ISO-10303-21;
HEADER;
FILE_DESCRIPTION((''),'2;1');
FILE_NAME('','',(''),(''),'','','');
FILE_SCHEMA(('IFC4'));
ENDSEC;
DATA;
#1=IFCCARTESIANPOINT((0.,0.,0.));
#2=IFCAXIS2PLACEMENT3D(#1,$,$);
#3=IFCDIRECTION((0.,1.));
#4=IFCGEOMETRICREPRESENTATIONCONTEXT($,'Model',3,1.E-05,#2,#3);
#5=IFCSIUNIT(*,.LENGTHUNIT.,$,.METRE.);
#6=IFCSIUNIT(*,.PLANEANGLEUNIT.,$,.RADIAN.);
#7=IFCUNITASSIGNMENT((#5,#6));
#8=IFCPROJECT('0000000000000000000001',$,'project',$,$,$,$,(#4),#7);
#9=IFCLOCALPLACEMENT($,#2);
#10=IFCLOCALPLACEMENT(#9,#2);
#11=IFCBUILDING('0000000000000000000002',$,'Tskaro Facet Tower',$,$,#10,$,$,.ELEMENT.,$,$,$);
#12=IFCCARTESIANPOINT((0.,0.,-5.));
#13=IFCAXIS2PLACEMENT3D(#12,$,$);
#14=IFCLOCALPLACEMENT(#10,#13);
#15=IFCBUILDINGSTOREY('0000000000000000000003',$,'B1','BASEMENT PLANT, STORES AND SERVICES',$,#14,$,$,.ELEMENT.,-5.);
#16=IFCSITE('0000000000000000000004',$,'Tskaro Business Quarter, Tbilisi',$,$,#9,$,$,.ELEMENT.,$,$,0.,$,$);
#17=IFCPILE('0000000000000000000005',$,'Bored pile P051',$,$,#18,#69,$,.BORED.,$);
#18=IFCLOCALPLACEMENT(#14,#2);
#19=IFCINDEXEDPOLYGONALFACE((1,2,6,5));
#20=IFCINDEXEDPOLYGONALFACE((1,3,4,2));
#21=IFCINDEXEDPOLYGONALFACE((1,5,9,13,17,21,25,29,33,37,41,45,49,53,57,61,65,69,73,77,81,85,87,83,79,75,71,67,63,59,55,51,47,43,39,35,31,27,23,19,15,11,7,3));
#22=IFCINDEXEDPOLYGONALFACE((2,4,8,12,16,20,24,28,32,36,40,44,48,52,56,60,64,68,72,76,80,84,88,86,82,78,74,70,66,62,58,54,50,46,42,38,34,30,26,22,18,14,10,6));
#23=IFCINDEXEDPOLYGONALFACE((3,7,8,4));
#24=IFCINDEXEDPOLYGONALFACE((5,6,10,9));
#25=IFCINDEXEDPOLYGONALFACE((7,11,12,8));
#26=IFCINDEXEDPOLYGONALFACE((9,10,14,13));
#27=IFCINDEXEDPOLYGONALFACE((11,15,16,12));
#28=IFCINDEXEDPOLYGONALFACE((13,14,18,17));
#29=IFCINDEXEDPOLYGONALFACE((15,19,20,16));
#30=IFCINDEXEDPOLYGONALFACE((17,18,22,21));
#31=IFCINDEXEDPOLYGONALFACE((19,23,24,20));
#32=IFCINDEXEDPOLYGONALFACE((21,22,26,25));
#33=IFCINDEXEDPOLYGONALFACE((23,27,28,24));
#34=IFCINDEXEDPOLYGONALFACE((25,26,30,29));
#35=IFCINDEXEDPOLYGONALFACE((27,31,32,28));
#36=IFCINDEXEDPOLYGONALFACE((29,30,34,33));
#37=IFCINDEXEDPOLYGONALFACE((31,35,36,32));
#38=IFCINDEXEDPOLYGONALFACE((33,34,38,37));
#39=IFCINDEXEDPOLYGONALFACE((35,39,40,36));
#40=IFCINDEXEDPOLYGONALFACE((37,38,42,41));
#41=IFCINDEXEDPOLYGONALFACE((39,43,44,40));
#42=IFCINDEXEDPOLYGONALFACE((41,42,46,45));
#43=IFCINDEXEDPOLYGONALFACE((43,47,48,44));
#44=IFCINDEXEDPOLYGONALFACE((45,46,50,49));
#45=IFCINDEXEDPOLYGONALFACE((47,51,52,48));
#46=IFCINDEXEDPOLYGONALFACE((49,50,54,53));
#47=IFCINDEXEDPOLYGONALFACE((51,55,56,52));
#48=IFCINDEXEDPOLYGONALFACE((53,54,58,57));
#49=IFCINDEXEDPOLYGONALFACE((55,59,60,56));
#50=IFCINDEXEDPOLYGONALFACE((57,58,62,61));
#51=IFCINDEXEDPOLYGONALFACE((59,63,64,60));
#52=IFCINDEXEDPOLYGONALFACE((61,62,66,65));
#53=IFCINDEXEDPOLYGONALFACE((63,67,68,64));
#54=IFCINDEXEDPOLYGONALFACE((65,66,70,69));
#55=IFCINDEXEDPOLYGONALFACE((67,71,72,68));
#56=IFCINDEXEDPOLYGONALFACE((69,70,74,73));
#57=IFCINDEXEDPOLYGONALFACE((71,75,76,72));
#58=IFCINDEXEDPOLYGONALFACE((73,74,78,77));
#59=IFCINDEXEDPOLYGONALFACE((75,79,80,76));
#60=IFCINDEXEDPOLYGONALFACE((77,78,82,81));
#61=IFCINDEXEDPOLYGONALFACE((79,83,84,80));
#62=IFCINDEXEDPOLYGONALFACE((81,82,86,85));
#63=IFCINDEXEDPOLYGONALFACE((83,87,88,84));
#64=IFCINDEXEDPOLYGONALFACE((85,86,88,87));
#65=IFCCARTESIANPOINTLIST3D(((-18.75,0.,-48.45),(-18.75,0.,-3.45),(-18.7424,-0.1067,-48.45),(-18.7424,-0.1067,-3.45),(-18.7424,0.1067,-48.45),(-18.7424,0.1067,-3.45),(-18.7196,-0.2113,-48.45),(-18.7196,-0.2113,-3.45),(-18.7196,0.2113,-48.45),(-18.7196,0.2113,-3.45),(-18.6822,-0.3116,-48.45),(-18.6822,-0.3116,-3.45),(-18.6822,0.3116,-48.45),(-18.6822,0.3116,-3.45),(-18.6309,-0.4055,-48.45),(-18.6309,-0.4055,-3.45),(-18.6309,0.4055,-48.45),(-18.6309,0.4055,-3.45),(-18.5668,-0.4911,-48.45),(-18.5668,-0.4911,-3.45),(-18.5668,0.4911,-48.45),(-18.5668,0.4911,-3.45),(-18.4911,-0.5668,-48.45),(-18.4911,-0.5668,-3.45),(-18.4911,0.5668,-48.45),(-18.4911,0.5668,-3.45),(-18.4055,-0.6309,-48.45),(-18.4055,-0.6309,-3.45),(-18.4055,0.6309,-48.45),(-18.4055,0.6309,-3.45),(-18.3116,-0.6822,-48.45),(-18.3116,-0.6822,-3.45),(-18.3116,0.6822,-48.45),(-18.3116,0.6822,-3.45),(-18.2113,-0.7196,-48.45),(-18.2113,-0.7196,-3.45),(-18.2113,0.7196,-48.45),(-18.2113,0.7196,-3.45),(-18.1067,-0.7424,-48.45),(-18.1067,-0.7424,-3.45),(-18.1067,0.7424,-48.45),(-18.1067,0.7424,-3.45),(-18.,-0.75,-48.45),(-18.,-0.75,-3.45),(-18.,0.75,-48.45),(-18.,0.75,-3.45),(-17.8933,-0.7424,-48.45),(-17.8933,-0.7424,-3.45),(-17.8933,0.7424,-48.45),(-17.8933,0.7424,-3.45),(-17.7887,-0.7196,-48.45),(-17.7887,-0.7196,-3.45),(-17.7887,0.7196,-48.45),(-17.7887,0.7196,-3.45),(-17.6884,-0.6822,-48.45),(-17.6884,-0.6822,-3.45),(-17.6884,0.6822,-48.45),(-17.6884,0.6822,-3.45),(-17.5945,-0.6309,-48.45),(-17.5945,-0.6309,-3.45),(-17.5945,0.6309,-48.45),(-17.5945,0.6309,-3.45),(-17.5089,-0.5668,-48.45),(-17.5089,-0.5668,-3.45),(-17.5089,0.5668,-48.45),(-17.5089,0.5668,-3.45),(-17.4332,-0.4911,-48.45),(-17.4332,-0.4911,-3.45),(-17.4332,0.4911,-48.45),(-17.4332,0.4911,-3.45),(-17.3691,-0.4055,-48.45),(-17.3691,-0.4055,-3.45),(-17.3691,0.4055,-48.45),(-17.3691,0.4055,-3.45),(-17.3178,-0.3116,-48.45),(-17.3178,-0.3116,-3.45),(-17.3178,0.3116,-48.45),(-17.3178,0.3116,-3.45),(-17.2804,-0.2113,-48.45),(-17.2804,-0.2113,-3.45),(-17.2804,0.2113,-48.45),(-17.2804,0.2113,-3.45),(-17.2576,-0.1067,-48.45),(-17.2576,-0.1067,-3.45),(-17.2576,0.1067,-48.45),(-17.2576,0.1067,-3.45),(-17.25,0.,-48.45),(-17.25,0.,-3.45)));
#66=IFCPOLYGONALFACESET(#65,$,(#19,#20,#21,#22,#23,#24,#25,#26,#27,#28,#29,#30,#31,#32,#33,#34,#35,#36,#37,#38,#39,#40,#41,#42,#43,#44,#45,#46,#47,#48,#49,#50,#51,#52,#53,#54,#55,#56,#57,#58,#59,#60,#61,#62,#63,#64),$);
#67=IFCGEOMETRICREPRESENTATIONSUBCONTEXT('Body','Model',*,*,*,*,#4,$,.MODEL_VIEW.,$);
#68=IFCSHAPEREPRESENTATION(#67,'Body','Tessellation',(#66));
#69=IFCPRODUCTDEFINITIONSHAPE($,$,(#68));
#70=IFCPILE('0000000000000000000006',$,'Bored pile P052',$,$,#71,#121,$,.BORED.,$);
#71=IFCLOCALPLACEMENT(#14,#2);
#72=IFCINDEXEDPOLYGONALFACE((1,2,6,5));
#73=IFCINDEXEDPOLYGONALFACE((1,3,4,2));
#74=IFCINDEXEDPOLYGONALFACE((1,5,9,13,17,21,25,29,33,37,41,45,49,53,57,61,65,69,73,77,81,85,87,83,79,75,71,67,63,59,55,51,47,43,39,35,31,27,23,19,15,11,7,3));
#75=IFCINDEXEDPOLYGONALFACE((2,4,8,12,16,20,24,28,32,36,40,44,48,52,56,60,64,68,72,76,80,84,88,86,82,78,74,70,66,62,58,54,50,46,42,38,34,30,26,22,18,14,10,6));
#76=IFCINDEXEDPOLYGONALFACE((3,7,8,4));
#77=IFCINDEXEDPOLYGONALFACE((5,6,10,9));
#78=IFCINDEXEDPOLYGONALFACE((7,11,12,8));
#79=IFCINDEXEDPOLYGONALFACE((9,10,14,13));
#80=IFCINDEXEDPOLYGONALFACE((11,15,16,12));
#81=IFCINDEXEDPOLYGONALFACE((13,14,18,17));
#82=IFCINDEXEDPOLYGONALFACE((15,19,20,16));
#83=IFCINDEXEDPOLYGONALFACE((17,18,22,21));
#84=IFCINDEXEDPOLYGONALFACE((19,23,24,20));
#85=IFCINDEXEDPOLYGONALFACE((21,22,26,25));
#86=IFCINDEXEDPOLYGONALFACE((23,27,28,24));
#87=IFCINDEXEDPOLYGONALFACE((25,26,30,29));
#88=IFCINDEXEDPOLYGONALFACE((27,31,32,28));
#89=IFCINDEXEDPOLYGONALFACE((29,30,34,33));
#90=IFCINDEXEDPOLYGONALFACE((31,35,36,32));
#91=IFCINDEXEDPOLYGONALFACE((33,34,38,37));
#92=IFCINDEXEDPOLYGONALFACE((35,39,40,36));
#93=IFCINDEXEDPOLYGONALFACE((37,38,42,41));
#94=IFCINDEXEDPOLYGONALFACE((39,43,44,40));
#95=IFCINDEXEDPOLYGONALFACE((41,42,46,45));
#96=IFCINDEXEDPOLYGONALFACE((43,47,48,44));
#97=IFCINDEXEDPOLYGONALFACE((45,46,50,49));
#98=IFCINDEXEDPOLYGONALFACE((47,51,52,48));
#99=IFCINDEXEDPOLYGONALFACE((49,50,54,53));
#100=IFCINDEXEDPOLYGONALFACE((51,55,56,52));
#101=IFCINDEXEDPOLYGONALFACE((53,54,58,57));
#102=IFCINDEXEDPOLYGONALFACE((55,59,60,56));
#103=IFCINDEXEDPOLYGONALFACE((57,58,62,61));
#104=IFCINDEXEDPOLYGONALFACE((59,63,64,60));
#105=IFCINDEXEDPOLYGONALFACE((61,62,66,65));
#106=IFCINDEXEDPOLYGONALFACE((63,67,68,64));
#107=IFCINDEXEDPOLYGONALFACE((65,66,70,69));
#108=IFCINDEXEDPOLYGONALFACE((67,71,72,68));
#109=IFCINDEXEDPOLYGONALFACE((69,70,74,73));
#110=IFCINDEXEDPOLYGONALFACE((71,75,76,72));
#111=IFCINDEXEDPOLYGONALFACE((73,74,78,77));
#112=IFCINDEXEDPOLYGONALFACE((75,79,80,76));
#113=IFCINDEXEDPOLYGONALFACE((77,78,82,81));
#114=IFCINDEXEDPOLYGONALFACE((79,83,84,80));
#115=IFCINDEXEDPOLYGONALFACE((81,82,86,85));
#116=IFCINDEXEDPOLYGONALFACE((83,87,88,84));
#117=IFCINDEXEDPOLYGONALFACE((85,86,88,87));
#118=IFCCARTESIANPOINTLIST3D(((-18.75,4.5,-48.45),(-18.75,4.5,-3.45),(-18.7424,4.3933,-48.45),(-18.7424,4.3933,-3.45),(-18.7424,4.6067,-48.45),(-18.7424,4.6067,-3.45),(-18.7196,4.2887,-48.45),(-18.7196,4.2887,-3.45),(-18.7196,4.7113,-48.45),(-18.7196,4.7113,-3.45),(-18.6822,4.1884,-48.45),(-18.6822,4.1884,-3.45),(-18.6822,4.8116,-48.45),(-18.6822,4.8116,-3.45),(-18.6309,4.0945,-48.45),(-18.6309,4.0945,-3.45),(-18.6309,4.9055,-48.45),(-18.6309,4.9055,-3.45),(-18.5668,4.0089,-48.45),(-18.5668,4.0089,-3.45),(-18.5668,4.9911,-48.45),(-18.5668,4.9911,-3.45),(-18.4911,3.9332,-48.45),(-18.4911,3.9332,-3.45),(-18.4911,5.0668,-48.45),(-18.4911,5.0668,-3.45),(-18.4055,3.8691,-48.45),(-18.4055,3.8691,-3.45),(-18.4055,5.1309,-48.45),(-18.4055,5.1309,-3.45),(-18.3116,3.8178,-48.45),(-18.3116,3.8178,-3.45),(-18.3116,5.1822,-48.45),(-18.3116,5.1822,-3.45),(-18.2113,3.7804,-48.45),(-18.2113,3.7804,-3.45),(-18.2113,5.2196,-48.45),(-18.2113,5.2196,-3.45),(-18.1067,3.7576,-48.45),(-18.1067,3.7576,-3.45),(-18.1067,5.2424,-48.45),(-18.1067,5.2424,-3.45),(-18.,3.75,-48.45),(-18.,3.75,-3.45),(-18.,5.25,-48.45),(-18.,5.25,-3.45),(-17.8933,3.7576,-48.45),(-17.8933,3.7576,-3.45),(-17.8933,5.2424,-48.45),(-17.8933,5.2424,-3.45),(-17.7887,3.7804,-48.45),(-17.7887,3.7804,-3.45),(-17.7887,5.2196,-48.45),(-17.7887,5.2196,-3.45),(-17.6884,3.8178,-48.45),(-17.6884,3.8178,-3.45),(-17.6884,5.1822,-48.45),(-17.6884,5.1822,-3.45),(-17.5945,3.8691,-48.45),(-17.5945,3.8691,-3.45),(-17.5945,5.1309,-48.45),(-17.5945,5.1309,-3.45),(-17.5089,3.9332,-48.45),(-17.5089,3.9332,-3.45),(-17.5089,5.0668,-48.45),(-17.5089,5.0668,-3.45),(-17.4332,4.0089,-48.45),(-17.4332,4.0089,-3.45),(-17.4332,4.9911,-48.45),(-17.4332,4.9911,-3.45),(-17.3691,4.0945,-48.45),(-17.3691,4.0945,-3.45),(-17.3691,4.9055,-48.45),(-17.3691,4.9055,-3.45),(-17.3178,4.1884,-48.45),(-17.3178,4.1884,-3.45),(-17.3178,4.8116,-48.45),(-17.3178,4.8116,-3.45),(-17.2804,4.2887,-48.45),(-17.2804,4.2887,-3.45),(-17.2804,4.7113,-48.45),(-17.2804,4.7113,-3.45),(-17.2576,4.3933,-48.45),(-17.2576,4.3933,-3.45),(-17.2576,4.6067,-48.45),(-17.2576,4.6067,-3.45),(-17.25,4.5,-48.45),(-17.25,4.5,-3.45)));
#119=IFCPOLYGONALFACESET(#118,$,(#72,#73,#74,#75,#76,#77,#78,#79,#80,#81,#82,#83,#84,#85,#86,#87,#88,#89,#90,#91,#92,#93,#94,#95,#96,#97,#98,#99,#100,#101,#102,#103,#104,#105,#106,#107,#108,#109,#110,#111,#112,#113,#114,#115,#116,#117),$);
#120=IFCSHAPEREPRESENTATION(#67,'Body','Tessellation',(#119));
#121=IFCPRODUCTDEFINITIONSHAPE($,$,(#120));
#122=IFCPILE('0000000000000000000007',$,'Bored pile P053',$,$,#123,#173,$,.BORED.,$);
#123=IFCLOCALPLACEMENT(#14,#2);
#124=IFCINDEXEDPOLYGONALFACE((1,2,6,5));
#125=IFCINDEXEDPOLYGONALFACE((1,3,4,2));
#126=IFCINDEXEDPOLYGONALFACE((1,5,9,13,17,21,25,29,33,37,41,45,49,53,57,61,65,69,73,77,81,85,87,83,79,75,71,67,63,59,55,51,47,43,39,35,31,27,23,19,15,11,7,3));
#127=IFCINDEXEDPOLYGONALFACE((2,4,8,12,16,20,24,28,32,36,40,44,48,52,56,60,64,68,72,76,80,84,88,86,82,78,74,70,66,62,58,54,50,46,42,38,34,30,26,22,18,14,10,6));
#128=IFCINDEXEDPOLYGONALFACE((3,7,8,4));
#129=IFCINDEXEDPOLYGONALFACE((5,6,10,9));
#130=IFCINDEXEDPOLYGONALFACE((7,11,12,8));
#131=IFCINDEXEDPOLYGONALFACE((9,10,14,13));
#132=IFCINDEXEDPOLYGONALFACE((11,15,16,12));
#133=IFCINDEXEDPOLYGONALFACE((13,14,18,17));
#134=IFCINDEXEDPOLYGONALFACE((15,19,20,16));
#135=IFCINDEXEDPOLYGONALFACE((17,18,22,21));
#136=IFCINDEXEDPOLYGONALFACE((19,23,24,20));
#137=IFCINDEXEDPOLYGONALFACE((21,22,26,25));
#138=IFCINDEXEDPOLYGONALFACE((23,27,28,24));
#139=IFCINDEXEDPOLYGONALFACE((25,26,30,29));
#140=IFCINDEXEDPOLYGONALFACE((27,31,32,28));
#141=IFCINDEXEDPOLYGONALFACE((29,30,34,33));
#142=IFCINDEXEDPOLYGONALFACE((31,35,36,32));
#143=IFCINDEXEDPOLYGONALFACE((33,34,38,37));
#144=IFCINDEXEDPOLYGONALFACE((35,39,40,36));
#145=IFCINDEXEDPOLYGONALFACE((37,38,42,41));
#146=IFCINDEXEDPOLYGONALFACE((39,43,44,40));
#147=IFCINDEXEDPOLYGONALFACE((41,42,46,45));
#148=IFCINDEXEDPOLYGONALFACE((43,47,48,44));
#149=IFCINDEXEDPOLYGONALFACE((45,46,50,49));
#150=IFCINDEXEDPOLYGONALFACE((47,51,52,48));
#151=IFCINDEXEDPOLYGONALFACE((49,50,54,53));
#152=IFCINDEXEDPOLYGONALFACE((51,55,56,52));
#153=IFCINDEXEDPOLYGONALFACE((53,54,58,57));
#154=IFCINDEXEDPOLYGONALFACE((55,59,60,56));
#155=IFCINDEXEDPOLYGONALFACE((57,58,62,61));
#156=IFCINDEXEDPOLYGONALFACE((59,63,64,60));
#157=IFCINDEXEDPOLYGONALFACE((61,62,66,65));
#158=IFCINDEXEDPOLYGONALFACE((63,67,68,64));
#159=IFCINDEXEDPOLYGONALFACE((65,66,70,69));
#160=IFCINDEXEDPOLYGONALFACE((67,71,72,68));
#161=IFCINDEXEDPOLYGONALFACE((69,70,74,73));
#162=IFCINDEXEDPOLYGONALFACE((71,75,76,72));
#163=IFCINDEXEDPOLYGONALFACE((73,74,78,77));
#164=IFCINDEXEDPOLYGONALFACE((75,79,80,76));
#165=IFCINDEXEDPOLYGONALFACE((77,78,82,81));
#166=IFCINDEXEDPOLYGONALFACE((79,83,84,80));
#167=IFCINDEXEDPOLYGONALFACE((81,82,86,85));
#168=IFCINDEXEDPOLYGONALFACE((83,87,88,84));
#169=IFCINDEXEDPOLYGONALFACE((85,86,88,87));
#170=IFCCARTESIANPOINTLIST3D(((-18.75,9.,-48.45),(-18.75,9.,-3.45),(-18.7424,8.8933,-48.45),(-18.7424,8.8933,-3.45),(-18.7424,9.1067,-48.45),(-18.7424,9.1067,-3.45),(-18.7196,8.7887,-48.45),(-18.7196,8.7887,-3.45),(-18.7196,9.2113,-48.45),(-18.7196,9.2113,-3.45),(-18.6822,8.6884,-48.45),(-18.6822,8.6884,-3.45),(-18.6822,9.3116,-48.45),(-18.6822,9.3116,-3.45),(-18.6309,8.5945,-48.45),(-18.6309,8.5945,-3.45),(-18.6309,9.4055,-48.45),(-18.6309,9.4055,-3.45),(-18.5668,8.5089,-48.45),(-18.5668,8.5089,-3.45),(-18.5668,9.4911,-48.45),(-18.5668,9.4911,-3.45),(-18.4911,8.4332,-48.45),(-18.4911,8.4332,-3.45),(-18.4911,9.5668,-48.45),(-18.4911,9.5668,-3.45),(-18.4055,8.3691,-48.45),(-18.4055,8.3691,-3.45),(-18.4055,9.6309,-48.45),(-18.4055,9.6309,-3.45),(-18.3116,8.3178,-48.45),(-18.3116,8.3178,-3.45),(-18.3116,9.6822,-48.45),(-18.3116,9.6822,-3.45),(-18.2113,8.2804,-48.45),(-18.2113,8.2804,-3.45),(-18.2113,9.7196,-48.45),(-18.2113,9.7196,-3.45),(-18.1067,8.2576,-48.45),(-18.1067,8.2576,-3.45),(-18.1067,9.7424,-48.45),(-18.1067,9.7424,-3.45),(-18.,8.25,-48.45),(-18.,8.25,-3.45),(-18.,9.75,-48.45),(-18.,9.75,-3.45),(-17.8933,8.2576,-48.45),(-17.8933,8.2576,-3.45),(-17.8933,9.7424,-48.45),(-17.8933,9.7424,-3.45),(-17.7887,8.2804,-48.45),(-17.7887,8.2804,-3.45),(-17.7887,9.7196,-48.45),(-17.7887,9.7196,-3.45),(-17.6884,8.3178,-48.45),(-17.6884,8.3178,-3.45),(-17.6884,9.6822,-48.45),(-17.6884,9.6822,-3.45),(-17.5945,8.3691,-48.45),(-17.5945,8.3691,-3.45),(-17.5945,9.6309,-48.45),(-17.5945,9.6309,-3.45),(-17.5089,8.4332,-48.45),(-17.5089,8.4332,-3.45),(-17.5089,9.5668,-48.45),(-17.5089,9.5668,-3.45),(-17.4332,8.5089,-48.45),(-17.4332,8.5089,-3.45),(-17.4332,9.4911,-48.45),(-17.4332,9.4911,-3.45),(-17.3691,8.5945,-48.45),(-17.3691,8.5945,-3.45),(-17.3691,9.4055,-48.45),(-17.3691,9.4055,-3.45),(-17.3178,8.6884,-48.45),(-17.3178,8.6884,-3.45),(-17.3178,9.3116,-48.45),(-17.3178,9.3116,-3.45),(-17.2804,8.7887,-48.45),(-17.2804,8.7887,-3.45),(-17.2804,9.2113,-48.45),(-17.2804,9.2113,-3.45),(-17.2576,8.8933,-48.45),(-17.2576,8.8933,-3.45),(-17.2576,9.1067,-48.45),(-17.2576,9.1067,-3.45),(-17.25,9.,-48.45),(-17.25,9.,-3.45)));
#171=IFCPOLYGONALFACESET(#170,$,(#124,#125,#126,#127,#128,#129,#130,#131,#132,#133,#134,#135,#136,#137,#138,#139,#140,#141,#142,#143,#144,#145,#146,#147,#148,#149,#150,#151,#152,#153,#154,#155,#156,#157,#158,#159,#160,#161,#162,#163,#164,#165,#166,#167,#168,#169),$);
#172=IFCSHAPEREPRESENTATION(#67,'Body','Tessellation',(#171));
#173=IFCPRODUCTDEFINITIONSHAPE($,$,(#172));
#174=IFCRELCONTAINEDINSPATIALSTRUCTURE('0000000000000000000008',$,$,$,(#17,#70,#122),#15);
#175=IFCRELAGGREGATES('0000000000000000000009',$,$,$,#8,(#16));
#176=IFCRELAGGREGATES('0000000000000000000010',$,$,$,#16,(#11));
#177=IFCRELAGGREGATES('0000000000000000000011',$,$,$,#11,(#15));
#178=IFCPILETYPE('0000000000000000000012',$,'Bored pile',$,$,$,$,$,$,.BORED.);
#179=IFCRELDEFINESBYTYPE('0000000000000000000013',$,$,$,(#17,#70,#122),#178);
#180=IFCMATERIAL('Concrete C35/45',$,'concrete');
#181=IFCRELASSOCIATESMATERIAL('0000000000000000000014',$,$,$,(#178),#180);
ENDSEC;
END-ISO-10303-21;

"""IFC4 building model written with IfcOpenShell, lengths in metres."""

from ifc_helpers import new_model, si_unit, direction, frame, origin, origin_2d, place, context, subcontext, project, spatial, circle, extrude, material, material_profile, profile_set, type_object, element, save


model = new_model("IFC4")

# Units and contexts
model_context = context("Model", 3, precision=1e-05, world=origin(), true_north=direction((0.0, 1.0)))
body_context = subcontext(model_context, "Body", "Model", "MODEL_VIEW")
ifc_project = project(units=[si_unit("LENGTHUNIT", "METRE"), si_unit("PLANEANGLEUNIT", "RADIAN")], contexts=[model_context])

# Site, building, storey
site_placement = place(None, origin())
site = spatial("IfcSite", under=ifc_project, at=site_placement, Name="Tskaro Business Quarter, Tbilisi", CompositionType="ELEMENT", RefElevation=0.0)
building_placement = place(site_placement, origin())
building = spatial("IfcBuilding", under=site, at=building_placement, Name="Tskaro Facet Tower", CompositionType="ELEMENT")
storey_placement = place(building_placement, frame((0.0, 0.0, -5.0)))
storey = spatial("IfcBuildingStorey", under=building, at=storey_placement, Name="B1", Description="BASEMENT PLANT, STORES AND SERVICES", CompositionType="ELEMENT", Elevation=-5.0)

# Piles
ifc_material_1 = material(Name="Concrete C35/45", Category="concrete")
ifc_material_profile_1 = material_profile(ifc_material_1, circle(Radius=0.75, at=origin_2d()), Name="Bored pile")
ifc_profile_set_1 = profile_set([ifc_material_profile_1], Name="Concrete C35/45")
pile_type = type_object("IfcPileType", Name="Bored pile", PredefinedType="BORED", material=ifc_profile_set_1)
for number, where, z_axis, x_axis, name in (
    (1, (-18.0, 0.0, -3.45), (0.0, 0.0, -1.0), (1.0, 0.0, 0.0), "Bored pile P051"),
    (2, (-18.0, 4.5, -3.45), (0.0, 0.0, -1.0), (1.0, 0.0, 0.0), "Bored pile P052"),
    (3, (-18.0, 9.0, -3.45), (0.0, 0.0, -1.0), (1.0, 0.0, 0.0), "Bored pile P053"),
):
    element("IfcPile", number, at=place(storey_placement, frame(where, z_axis=z_axis, x_axis=x_axis)), inside=storey, type_object=pile_type, Name=name, PredefinedType="BORED", context=body_context, shape_type="SweptSolid", body=[
        extrude(circle(Radius=0.75, at=origin_2d()), origin(), (0.0, 0.0, 1.0), 45.0),
    ])

save(model, "model.ifc")
